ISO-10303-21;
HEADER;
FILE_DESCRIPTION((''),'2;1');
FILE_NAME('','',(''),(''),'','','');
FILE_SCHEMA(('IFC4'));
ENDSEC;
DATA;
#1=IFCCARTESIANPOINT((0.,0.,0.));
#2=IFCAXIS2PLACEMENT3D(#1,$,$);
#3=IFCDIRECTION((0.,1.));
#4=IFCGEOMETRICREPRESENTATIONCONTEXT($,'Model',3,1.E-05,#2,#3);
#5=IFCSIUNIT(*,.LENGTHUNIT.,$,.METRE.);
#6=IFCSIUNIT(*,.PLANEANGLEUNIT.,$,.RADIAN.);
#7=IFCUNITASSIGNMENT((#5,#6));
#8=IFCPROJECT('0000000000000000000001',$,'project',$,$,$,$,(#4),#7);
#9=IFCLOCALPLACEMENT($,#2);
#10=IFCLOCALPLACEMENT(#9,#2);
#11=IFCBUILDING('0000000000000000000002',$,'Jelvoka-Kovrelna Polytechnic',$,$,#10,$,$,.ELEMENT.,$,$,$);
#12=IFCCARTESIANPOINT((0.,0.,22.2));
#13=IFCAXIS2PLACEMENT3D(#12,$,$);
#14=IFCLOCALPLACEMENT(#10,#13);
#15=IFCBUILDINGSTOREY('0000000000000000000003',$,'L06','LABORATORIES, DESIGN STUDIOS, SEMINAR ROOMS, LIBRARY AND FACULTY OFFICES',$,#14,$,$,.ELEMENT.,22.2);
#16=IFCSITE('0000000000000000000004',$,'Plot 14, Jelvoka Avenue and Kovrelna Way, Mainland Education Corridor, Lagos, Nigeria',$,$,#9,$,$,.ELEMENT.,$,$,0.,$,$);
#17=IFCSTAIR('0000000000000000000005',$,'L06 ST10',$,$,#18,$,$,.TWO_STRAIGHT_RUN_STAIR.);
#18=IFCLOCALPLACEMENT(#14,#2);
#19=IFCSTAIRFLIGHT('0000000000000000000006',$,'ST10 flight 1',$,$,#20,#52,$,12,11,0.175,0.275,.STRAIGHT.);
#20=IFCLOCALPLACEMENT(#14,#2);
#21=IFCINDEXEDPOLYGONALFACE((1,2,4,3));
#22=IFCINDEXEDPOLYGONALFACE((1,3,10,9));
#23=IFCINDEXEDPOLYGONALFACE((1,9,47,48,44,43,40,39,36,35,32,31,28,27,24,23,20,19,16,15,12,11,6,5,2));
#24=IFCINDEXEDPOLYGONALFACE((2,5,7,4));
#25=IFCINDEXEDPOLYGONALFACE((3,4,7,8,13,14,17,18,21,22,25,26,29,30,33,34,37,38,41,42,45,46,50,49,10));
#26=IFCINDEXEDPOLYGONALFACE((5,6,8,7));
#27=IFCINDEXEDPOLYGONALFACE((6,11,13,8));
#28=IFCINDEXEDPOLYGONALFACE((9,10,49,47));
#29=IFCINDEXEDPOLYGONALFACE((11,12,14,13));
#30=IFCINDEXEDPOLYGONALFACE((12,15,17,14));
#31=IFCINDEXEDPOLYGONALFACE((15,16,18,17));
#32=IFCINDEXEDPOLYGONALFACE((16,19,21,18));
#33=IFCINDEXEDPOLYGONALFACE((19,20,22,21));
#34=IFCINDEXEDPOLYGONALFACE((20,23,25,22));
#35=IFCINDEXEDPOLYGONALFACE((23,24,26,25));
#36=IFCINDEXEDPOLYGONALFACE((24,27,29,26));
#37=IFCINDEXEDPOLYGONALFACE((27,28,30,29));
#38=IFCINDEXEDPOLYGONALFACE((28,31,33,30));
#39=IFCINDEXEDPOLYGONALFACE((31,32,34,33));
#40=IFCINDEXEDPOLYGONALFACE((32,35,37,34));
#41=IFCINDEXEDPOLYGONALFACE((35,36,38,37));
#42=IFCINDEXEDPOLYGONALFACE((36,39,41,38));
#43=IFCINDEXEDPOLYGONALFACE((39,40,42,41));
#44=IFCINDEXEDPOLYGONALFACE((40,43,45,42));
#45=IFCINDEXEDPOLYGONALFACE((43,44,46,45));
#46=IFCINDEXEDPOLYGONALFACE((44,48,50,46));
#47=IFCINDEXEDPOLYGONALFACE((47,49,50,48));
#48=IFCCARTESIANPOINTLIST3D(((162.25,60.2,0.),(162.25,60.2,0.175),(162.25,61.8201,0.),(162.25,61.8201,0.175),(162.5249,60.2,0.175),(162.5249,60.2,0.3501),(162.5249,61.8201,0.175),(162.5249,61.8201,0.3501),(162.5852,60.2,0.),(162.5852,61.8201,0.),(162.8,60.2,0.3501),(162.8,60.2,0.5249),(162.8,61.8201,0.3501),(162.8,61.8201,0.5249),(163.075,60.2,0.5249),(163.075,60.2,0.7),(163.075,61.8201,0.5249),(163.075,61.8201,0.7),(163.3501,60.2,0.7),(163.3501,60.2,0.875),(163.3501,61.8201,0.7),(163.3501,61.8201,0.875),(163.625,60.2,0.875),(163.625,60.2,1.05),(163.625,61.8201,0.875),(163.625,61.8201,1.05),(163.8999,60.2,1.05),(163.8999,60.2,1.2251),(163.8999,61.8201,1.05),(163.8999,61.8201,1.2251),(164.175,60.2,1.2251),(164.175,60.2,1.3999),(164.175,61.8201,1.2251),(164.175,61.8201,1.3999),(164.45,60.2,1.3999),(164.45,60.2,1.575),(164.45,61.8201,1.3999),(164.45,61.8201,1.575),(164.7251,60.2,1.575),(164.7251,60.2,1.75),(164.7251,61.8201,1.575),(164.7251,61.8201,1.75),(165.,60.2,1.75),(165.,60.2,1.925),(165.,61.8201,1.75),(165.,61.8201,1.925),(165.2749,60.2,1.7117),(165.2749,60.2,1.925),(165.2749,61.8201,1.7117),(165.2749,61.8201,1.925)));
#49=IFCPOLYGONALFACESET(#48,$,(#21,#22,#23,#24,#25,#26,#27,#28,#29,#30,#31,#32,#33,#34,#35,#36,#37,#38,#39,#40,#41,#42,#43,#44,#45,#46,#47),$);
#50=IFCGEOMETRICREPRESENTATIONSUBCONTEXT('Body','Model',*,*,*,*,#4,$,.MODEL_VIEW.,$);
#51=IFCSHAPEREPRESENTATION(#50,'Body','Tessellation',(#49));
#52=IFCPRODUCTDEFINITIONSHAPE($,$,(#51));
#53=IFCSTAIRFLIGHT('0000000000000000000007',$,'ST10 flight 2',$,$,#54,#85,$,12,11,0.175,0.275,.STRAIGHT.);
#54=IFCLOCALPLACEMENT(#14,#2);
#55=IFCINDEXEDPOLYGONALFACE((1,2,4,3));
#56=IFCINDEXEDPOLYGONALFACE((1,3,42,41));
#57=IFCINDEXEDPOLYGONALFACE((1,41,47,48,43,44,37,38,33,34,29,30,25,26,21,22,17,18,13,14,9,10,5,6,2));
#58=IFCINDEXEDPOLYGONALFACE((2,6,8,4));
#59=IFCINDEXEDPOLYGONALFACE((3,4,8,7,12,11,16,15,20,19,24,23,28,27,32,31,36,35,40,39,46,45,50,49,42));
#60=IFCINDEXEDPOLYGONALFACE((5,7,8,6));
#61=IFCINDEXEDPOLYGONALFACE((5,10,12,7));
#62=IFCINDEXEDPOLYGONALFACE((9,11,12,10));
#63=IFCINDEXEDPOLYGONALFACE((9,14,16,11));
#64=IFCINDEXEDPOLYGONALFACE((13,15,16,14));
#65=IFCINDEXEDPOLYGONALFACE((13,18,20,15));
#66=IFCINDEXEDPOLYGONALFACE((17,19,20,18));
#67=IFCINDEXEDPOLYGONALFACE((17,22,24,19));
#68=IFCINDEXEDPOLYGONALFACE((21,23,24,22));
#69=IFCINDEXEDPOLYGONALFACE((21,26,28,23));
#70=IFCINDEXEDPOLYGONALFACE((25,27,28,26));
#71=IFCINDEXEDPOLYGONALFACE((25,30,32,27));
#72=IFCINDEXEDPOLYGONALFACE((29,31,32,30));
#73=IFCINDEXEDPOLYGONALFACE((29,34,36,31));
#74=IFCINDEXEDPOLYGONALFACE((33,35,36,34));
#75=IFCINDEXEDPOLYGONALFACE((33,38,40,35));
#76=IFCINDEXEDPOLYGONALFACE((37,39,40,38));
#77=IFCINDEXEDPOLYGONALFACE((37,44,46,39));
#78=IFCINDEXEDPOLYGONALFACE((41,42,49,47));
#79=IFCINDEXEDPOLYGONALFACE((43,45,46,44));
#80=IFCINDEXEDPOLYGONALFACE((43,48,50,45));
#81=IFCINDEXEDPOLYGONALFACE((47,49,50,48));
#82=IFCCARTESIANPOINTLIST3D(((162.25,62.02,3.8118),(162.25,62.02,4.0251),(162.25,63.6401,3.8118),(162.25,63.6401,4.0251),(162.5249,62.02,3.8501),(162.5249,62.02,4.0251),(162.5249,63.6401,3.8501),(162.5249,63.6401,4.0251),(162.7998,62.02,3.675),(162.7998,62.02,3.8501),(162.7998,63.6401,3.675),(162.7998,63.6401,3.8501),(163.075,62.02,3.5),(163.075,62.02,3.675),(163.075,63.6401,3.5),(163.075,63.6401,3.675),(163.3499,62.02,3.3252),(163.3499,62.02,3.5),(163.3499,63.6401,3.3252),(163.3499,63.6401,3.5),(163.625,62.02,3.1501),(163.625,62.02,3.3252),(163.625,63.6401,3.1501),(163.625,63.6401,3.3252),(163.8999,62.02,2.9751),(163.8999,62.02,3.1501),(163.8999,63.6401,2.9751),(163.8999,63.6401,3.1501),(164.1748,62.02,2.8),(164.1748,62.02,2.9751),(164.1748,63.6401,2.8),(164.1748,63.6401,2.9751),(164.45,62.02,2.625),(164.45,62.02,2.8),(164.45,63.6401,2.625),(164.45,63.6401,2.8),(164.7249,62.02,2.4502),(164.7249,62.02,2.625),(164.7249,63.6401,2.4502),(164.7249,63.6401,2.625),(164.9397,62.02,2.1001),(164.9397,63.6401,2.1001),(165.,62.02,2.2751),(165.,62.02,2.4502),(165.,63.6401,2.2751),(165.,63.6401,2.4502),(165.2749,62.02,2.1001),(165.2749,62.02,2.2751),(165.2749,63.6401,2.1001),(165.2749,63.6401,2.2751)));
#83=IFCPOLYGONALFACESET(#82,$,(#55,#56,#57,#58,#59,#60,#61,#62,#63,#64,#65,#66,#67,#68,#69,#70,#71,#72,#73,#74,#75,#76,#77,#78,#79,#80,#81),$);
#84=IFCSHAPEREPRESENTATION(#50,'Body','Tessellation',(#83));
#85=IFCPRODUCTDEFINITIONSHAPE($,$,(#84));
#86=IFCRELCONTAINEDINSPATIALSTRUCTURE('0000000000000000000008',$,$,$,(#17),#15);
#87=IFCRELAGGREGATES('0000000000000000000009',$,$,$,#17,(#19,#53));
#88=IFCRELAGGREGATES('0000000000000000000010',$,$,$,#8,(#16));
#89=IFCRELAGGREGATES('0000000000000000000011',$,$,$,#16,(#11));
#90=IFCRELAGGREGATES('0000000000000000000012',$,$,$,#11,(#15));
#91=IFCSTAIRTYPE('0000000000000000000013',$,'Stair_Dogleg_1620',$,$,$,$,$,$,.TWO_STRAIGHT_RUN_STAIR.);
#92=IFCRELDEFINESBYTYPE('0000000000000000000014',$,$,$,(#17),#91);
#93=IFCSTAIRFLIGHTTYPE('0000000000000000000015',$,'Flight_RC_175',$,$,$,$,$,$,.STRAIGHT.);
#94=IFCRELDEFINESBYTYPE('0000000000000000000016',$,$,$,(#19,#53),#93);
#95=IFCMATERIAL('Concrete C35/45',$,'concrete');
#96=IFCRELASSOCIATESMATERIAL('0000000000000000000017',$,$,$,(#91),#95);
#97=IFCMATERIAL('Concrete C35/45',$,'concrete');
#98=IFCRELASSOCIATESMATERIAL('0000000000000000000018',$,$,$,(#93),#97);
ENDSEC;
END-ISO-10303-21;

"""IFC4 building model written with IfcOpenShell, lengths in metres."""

from ifc_helpers import new_model, si_unit, direction, frame, origin, place, context, subcontext, project, spatial, polyline, outline, extrude, material, type_object, element, aggregate, save


model = new_model("IFC4")

# Units and contexts
model_context = context("Model", 3, precision=1e-05, world=origin(), true_north=direction((0.0, 1.0)))
body_context = subcontext(model_context, "Body", "Model", "MODEL_VIEW")
ifc_project = project(units=[si_unit("LENGTHUNIT", "METRE"), si_unit("PLANEANGLEUNIT", "RADIAN")], contexts=[model_context])

# Site, building, storey
site_placement = place(None, origin())
site = spatial("IfcSite", under=ifc_project, at=site_placement, Name="Plot 14, Jelvoka Avenue and Kovrelna Way, Mainland Education Corridor, Lagos, Nigeria", CompositionType="ELEMENT", RefElevation=0.0)
building_placement = place(site_placement, origin())
building = spatial("IfcBuilding", under=site, at=building_placement, Name="Jelvoka-Kovrelna Polytechnic", CompositionType="ELEMENT")
storey_placement = place(building_placement, frame((0.0, 0.0, 22.2)))
storey = spatial("IfcBuildingStorey", under=building, at=storey_placement, Name="L06", Description="LABORATORIES, DESIGN STUDIOS, SEMINAR ROOMS, LIBRARY AND FACULTY OFFICES", CompositionType="ELEMENT", Elevation=22.2)

# Stair, stair flights
ifc_material_1 = material(Name="Concrete C35/45", Category="concrete")
stair_type = type_object("IfcStairType", Name="Stair_Dogleg_1620", PredefinedType="TWO_STRAIGHT_RUN_STAIR", material=ifc_material_1)
stair_placement = place(storey_placement, origin())
stair = element("IfcStair", 1, at=stair_placement, inside=storey, type_object=stair_type, Name="L06 ST10", PredefinedType="TWO_STRAIGHT_RUN_STAIR")
ifc_material_2 = material(Name="Concrete C35/45", Category="concrete")
stair_flight_type = type_object("IfcStairFlightType", Name="Flight_RC_175", PredefinedType="STRAIGHT", material=ifc_material_2)
stair_flight_1_placement = place(storey_placement, frame((162.25, 61.01, 0.0), z_axis=(0.0, 0.0, 1.0), x_axis=(1.0, 0.0, 0.0)))
stair_flight_1 = element("IfcStairFlight", 2, at=stair_flight_1_placement, type_object=stair_flight_type, Name="ST10 flight 1", NumberOfRisers=12, NumberOfTreads=11, PredefinedType="STRAIGHT", RiserHeight=0.175, TreadLength=0.275, context=body_context, shape_type="SweptSolid", body=[
    extrude(outline(polyline([(0.0, 0.0), (0.0, 0.175), (0.2749, 0.175), (0.2749, 0.3501), (0.55, 0.3501), (0.55, 0.5249), (0.825, 0.5249), (0.825, 0.7), (1.1001, 0.7), (1.1001, 0.875), (1.375, 0.875), (1.375, 1.05), (1.6499, 1.05), (1.6499, 1.2251), (1.925, 1.2251), (1.925, 1.3999), (2.2, 1.3999), (2.2, 1.575), (2.4751, 1.575), (2.4751, 1.75), (2.75, 1.75), (2.75, 1.925), (3.0249, 1.925), (3.0249, 2.1001), (3.0249, 1.7117), (0.3352, 0.0), (0.0, 0.0)])), frame((0.0, 0.8101, 0.0), z_axis=(0.0, -1.0, 0.0), x_axis=(1.0, 0.0, 0.0)), (0.0, 0.0, 1.0), 1.6201),
])
stair_flight_2_placement = place(storey_placement, frame((165.2749, 62.8301, 2.1001), z_axis=(0.0, 0.0, 1.0), x_axis=(-1.0, 0.0, 0.0)))
stair_flight_2 = element("IfcStairFlight", 3, at=stair_flight_2_placement, type_object=stair_flight_type, Name="ST10 flight 2", NumberOfRisers=12, NumberOfTreads=11, PredefinedType="STRAIGHT", RiserHeight=0.175, TreadLength=0.275, context=body_context, shape_type="SweptSolid", body=[
    extrude(outline(polyline([(0.0, 0.0), (0.0, 0.175), (0.2749, 0.175), (0.2749, 0.3501), (0.55, 0.3501), (0.55, 0.5249), (0.825, 0.5249), (0.825, 0.7), (1.1001, 0.7), (1.1001, 0.875), (1.375, 0.875), (1.375, 1.05), (1.6499, 1.05), (1.6499, 1.2251), (1.925, 1.2251), (1.925, 1.3999), (2.2, 1.3999), (2.2, 1.575), (2.4751, 1.575), (2.4751, 1.75), (2.75, 1.75), (2.75, 1.925), (3.0249, 1.925), (3.0249, 2.1001), (3.0249, 1.7117), (0.3352, 0.0), (0.0, 0.0)])), frame((0.0, 0.8101, 0.0), z_axis=(0.0, -1.0, 0.0), x_axis=(1.0, 0.0, 0.0)), (0.0, 0.0, 1.0), 1.6201),
])
aggregate(stair, [stair_flight_1, stair_flight_2])

save(model, "model.ifc")
